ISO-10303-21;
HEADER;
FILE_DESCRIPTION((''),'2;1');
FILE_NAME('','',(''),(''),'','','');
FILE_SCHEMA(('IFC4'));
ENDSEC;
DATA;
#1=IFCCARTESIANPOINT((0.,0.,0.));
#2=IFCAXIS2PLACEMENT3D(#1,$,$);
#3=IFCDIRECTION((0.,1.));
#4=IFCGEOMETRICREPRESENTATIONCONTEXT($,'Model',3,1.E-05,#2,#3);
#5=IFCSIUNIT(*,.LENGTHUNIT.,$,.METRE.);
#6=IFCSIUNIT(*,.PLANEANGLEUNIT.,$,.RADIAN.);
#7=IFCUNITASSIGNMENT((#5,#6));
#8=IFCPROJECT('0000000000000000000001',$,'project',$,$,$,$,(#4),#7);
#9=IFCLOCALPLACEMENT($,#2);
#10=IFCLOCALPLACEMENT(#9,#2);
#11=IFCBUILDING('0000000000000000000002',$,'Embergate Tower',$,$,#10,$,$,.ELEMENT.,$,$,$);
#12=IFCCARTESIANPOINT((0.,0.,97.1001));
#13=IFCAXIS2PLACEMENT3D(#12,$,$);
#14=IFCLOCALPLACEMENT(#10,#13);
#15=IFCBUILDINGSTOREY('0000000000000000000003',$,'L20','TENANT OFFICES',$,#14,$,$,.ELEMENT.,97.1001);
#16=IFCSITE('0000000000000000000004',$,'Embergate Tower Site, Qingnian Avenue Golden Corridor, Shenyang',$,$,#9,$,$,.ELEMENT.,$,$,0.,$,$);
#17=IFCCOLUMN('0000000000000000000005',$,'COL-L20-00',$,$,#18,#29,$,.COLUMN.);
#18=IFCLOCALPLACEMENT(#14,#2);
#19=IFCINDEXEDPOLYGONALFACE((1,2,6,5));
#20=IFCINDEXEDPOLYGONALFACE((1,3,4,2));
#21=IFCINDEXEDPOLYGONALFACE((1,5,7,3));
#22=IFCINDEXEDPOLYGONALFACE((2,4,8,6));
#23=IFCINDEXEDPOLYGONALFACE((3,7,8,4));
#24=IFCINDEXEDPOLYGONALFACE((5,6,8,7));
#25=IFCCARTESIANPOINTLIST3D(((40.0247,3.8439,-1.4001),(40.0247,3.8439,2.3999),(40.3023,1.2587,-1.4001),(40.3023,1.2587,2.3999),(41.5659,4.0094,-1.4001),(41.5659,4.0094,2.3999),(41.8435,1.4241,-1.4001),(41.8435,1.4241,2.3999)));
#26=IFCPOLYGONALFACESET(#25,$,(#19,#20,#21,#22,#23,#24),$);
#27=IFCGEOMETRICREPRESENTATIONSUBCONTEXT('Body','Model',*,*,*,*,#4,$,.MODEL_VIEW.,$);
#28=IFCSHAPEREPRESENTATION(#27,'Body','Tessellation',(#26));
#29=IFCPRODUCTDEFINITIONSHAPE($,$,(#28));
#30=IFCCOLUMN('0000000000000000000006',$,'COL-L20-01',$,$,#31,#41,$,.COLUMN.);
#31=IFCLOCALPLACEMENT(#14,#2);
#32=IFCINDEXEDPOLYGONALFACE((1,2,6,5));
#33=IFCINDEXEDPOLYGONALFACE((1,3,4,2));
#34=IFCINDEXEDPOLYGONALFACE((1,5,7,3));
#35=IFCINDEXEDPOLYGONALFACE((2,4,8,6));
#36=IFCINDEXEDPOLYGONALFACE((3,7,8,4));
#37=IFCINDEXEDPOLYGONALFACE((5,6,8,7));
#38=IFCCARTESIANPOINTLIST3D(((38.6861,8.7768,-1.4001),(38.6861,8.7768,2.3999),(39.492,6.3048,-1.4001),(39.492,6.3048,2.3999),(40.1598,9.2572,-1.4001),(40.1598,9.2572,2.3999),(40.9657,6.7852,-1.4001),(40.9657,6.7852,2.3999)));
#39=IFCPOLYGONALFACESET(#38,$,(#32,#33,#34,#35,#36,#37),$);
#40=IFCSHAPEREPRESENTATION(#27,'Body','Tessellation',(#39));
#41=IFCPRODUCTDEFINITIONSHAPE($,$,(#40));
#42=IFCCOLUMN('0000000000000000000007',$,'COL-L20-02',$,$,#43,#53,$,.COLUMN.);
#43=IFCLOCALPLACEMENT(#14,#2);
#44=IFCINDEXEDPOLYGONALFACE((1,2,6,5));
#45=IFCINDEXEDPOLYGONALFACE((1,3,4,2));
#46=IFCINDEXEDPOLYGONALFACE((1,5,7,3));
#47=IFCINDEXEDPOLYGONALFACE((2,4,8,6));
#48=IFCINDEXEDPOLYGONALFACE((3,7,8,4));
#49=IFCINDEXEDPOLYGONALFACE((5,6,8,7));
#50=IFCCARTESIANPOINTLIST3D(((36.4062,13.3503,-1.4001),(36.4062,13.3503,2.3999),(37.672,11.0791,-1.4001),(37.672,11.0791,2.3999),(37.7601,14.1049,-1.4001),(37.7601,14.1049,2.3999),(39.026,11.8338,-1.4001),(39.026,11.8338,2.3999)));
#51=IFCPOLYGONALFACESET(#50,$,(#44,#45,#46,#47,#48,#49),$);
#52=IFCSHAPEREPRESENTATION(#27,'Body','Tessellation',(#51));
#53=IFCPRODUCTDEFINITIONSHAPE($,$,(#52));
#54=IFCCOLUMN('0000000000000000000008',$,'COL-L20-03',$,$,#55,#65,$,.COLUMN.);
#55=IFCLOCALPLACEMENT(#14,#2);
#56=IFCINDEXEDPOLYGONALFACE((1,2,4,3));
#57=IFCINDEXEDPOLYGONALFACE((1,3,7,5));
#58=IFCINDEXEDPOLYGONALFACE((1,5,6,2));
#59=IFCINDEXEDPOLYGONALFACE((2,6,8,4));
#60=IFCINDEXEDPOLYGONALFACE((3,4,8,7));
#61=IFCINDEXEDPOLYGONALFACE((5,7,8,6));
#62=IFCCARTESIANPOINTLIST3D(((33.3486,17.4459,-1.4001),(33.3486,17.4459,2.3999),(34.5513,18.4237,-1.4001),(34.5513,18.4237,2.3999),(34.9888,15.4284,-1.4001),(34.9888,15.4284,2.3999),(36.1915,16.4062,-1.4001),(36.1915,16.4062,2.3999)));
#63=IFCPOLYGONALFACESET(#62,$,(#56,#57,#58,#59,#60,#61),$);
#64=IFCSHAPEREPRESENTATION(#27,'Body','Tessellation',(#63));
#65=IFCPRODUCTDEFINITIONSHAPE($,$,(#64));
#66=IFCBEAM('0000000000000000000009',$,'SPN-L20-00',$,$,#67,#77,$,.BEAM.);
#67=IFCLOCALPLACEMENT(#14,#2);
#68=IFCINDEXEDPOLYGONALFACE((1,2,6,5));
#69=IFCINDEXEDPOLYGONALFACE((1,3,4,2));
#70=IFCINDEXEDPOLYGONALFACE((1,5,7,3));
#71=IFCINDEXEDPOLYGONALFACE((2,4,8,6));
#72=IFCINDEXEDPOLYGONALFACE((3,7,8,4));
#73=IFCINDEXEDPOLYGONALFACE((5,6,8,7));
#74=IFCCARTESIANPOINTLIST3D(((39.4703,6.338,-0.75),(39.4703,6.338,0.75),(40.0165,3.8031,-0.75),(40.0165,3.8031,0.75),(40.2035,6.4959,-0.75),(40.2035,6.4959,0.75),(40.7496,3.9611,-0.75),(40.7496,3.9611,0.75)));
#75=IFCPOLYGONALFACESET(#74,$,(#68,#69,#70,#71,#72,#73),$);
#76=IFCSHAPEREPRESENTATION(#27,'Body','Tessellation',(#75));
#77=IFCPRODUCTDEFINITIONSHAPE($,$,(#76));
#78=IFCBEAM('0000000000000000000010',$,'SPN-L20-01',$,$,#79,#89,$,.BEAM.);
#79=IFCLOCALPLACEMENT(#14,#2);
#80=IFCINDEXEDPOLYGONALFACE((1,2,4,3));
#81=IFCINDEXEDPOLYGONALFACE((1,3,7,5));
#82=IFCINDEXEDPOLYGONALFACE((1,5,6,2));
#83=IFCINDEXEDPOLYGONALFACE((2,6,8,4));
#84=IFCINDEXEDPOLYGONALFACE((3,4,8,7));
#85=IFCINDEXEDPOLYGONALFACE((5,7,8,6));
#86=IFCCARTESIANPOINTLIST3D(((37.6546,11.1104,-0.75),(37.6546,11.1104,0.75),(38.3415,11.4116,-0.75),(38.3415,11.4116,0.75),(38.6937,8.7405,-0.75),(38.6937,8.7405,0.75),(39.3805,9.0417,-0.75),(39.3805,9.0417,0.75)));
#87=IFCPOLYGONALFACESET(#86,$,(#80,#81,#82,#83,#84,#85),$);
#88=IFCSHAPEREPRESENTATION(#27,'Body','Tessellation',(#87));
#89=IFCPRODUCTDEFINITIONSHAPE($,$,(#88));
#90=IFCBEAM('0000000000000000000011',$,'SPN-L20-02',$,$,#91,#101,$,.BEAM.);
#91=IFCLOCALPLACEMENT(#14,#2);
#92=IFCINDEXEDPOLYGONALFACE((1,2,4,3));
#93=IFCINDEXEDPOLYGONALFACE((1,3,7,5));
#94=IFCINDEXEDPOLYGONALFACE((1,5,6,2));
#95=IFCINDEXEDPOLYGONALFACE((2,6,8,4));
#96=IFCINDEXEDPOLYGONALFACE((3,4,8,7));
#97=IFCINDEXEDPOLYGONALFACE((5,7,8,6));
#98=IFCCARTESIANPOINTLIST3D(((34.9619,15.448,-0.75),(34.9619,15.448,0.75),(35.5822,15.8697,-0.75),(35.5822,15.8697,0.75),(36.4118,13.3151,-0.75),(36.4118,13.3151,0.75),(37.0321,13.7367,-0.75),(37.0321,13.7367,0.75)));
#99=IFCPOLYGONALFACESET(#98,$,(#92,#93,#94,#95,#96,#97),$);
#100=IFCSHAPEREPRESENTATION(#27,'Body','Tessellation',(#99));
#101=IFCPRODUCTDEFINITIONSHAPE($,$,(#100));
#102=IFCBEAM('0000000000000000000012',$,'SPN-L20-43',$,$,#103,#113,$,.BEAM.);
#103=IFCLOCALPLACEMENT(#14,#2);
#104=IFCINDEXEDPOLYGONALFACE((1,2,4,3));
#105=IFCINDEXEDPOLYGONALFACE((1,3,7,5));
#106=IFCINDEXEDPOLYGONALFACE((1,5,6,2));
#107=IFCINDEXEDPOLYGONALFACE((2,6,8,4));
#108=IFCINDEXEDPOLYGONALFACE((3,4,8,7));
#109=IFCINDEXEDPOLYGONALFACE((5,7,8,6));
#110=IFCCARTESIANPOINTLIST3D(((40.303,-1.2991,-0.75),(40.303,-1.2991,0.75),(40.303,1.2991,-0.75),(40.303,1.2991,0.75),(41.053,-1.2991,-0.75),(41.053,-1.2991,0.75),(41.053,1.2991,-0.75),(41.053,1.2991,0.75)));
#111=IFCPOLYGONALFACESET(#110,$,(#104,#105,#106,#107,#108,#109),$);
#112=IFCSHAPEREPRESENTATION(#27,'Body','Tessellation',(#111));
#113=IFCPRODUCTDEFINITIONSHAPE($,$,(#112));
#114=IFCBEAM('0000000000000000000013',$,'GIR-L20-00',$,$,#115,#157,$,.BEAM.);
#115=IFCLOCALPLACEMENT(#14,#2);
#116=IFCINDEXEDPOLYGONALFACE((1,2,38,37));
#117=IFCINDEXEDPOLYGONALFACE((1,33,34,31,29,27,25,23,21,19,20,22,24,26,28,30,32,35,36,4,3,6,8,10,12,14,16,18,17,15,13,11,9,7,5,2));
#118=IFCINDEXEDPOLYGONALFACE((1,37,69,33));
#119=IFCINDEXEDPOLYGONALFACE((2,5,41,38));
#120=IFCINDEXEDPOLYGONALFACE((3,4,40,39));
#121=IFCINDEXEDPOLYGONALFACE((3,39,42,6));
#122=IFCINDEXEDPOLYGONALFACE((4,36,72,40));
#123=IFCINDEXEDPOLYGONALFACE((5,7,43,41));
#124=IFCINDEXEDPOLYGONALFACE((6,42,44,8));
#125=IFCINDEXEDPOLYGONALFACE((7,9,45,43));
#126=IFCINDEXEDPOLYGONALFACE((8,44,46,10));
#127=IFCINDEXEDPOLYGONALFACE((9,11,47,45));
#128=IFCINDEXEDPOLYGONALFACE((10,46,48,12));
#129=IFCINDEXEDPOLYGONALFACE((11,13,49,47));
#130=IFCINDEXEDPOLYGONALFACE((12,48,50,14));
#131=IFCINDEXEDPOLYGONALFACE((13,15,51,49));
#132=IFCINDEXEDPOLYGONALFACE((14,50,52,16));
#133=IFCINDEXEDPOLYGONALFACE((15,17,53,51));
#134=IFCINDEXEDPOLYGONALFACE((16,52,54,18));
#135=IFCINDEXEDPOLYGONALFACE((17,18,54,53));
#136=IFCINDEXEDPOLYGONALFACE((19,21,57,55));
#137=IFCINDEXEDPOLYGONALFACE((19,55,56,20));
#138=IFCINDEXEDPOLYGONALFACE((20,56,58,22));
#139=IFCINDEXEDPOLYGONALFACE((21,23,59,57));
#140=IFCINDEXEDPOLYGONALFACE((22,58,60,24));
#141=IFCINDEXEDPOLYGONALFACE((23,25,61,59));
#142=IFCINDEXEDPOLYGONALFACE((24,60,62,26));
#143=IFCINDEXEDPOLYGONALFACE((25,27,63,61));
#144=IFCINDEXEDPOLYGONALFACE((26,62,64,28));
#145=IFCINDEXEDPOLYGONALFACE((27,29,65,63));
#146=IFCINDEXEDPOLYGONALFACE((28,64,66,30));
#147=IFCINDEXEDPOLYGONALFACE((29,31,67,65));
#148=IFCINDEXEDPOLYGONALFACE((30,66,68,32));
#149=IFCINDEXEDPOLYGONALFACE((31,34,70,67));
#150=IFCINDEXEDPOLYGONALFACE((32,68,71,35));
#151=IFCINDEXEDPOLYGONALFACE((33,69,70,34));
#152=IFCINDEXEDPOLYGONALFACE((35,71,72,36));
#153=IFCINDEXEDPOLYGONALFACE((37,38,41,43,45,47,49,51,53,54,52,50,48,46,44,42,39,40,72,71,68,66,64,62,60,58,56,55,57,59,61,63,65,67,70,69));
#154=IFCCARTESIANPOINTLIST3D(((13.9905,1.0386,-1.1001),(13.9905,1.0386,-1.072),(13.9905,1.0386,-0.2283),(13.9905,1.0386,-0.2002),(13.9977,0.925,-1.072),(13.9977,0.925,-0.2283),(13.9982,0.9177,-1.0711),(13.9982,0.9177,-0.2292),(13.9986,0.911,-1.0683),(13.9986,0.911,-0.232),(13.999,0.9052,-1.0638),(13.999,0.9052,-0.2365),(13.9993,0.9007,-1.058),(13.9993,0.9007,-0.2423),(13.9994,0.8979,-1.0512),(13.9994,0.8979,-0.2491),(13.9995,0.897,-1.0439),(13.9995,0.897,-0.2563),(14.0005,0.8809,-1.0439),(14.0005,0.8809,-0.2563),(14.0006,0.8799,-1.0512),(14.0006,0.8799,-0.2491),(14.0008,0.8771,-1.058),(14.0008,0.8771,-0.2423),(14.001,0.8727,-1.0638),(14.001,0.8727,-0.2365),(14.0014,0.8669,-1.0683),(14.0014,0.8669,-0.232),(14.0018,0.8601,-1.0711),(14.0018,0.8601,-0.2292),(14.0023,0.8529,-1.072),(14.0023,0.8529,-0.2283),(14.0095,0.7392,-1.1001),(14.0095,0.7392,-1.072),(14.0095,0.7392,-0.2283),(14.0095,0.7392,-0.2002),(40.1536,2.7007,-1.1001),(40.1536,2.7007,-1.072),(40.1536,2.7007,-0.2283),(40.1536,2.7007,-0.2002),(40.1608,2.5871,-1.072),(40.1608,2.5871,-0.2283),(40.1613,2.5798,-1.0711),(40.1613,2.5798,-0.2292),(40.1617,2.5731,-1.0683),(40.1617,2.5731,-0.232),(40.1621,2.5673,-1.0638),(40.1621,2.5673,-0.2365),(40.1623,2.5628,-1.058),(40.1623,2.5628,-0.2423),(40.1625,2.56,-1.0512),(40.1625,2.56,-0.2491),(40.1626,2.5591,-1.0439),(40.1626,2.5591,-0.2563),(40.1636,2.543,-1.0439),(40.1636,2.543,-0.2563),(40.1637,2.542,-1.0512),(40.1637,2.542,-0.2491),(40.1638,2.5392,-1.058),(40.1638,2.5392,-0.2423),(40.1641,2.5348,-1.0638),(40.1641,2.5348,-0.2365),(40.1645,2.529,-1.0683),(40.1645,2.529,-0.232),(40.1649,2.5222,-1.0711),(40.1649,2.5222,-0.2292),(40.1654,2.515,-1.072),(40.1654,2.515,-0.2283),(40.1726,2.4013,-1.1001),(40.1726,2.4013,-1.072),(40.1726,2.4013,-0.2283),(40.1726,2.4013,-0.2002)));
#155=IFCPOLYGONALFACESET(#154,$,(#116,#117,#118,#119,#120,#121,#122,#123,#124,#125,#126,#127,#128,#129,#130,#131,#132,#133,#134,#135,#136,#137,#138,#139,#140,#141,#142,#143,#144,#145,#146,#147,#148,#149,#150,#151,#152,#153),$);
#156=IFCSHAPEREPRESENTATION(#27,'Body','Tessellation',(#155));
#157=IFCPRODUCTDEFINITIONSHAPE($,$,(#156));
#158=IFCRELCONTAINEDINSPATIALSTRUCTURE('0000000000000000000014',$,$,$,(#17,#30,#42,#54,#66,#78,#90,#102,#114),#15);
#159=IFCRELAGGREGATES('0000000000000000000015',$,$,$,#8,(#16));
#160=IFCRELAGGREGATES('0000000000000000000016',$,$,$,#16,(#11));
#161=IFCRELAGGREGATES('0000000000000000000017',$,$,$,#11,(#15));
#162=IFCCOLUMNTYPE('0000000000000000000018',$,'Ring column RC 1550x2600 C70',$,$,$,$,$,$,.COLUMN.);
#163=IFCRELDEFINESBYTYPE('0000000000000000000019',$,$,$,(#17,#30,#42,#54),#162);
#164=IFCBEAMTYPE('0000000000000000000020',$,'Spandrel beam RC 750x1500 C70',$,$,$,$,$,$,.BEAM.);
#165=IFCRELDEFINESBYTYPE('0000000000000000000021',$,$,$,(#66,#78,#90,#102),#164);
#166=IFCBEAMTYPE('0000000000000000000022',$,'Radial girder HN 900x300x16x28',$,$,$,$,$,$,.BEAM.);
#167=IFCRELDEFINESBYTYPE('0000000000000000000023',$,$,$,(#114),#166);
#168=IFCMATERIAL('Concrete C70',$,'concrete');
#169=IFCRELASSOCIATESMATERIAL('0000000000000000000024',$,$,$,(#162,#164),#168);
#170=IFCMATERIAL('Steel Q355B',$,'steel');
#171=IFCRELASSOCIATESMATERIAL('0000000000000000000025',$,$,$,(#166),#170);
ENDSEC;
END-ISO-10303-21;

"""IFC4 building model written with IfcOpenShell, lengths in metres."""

from ifc_helpers import new_model, si_unit, direction, frame, origin, origin_2d, place, context, subcontext, project, spatial, rectangle, i_section, extrude, source, transform, mapped, material, material_profile, profile_set, type_object, element, save


model = new_model("IFC4")

# Units and contexts
model_context = context("Model", 3, precision=1e-05, world=origin(), true_north=direction((0.0, 1.0)))
body_context = subcontext(model_context, "Body", "Model", "MODEL_VIEW")
ifc_project = project(units=[si_unit("LENGTHUNIT", "METRE"), si_unit("PLANEANGLEUNIT", "RADIAN")], contexts=[model_context])

# Site, building, storey
site_placement = place(None, origin())
site = spatial("IfcSite", under=ifc_project, at=site_placement, Name="Embergate Tower Site, Qingnian Avenue Golden Corridor, Shenyang", CompositionType="ELEMENT", RefElevation=0.0)
building_placement = place(site_placement, origin())
building = spatial("IfcBuilding", under=site, at=building_placement, Name="Embergate Tower", CompositionType="ELEMENT")
storey_placement = place(building_placement, frame((0.0, 0.0, 97.1001)))
storey = spatial("IfcBuildingStorey", under=building, at=storey_placement, Name="L20", Description="TENANT OFFICES", CompositionType="ELEMENT", Elevation=97.1001)

# Columns
ifc_material_1 = material(Name="Concrete C70", Category="concrete")
ifc_material_profile_1 = material_profile(ifc_material_1, rectangle(XDim=1.55, YDim=2.6001, at=origin_2d()), Name="RC 1550x2600")
ifc_profile_set_1 = profile_set([ifc_material_profile_1], Name="Concrete C70")
column_type = type_object("IfcColumnType", Name="Ring column RC 1550x2600 C70", PredefinedType="COLUMN", material=ifc_profile_set_1)
shared_shape_1 = source(origin(), body_context, "Body", "SweptSolid", [
    extrude(rectangle(XDim=1.55, YDim=2.6001, at=origin_2d()), origin(), (0.0, 0.0, 1.0), 3.8),
])
for number, where, z_axis, x_axis, name in (
    (1, (40.9341, 2.634, -1.4001), (0.0, 0.0, 1.0), (0.994286, 0.10675, 0.0), "COL-L20-00"),
    (2, (39.8259, 7.781, -1.4001), (0.0, 0.0, 1.0), (0.950754, 0.309946, 0.0), "COL-L20-01"),
    (3, (37.7161, 12.592, -1.4001), (0.0, 0.0, 1.0), (0.873492, 0.486839, 0.0), "COL-L20-02"),
    (4, (34.77, 16.926, -1.4001), (0.0, 0.0, 1.0), (0.775925, 0.630825, 0.0), "COL-L20-03"),
):
    element("IfcColumn", number, at=place(storey_placement, frame(where, z_axis=z_axis, x_axis=x_axis)), inside=storey, type_object=column_type, Name=name, PredefinedType="COLUMN", context=body_context, shape_type="MappedRepresentation", body=[
        mapped(shared_shape_1, transform((0.0, 0.0, 0.0))),
    ])

# Beams
ifc_material_profile_2 = material_profile(ifc_material_1, rectangle(XDim=0.75, YDim=1.5, at=origin_2d()), Name="RC 750x1500")
ifc_profile_set_2 = profile_set([ifc_material_profile_2], Name="Concrete C70")
beam_type_1 = type_object("IfcBeamType", Name="Spandrel beam RC 750x1500 C70", PredefinedType="BEAM", material=ifc_profile_set_2)
shared_shape_2 = source(origin(), body_context, "Body", "SweptSolid", [
    extrude(rectangle(XDim=0.75, YDim=1.5, at=origin_2d()), origin(), (0.0, 0.0, 1.0), 2.593),
])
beam_1_placement = place(storey_placement, frame((40.3831, 3.8821, 0.0), z_axis=(-0.210616, 0.977569, 0.0), x_axis=(-0.977569, -0.210616, 0.0)))
element("IfcBeam", 5, at=beam_1_placement, inside=storey, type_object=beam_type_1, Name="SPN-L20-00", PredefinedType="BEAM", context=body_context, shape_type="MappedRepresentation", body=[
    mapped(shared_shape_2, transform((0.0, 0.0, 0.0))),
])
shared_shape_3 = source(origin(), body_context, "Body", "SweptSolid", [
    extrude(rectangle(XDim=0.75, YDim=1.5, at=origin_2d()), origin(), (0.0, 0.0, 1.0), 2.5876),
])
beam_2_placement = place(storey_placement, frame((39.0371, 8.8911, 0.0), z_axis=(-0.401546, 0.915839, 0.0), x_axis=(-0.915839, -0.401546, 0.0)))
element("IfcBeam", 6, at=beam_2_placement, inside=storey, type_object=beam_type_1, Name="SPN-L20-01", PredefinedType="BEAM", context=body_context, shape_type="MappedRepresentation", body=[
    mapped(shared_shape_3, transform((0.0, 0.0, 0.0))),
])
shared_shape_4 = source(origin(), body_context, "Body", "SweptSolid", [
    extrude(rectangle(XDim=0.75, YDim=1.5, at=origin_2d()), origin(), (0.0, 0.0, 1.0), 2.5791),
])
beam_3_placement = place(storey_placement, frame((36.7219, 13.5259, 0.0), z_axis=(-0.56217, 0.827022, 0.0), x_axis=(-0.827022, -0.56217, 0.0)))
element("IfcBeam", 7, at=beam_3_placement, inside=storey, type_object=beam_type_1, Name="SPN-L20-02", PredefinedType="BEAM", context=body_context, shape_type="MappedRepresentation", body=[
    mapped(shared_shape_4, transform((0.0, 0.0, 0.0))),
])
shared_shape_5 = source(origin(), body_context, "Body", "SweptSolid", [
    extrude(rectangle(XDim=0.75, YDim=1.5, at=origin_2d()), origin(), (0.0, 0.0, 1.0), 2.5981),
])
beam_4_placement = place(storey_placement, frame((40.678, -1.2991, 0.0), z_axis=(0.0, 1.0, 0.0), x_axis=(-1.0, 0.0, 0.0)))
element("IfcBeam", 8, at=beam_4_placement, inside=storey, type_object=beam_type_1, Name="SPN-L20-43", PredefinedType="BEAM", context=body_context, shape_type="MappedRepresentation", body=[
    mapped(shared_shape_5, transform((0.0, 0.0, 0.0))),
])
ifc_material_2 = material(Name="Steel Q355B", Category="steel")
ifc_material_profile_3 = material_profile(ifc_material_2, i_section(OverallWidth=0.3, OverallDepth=0.8999, WebThickness=0.0161, FlangeThickness=0.0281, FilletRadius=0.0281, at=origin_2d()), Name="HN 900x300x16x28")
ifc_profile_set_3 = profile_set([ifc_material_profile_3], Name="Steel Q355 grade B")
beam_type_2 = type_object("IfcBeamType", Name="Radial girder HN 900x300x16x28", PredefinedType="BEAM", material=ifc_profile_set_3)
shared_shape_6 = source(origin(), body_context, "Body", "SweptSolid", [
    extrude(i_section(OverallWidth=0.3, OverallDepth=0.8999, WebThickness=0.0161, FlangeThickness=0.0281, FilletRadius=0.0281, at=origin_2d()), origin(), (0.0, 0.0, 1.0), 26.2158),
])
beam_5_placement = place(storey_placement, frame((40.1631, 2.551, -0.6501), z_axis=(-0.997988, -0.063401, 0.0), x_axis=(0.063401, -0.997988, 0.0)))
element("IfcBeam", 9, at=beam_5_placement, inside=storey, type_object=beam_type_2, Name="GIR-L20-00", PredefinedType="BEAM", context=body_context, shape_type="MappedRepresentation", body=[
    mapped(shared_shape_6, transform((0.0, 0.0, 0.0))),
])

save(model, "model.ifc")
